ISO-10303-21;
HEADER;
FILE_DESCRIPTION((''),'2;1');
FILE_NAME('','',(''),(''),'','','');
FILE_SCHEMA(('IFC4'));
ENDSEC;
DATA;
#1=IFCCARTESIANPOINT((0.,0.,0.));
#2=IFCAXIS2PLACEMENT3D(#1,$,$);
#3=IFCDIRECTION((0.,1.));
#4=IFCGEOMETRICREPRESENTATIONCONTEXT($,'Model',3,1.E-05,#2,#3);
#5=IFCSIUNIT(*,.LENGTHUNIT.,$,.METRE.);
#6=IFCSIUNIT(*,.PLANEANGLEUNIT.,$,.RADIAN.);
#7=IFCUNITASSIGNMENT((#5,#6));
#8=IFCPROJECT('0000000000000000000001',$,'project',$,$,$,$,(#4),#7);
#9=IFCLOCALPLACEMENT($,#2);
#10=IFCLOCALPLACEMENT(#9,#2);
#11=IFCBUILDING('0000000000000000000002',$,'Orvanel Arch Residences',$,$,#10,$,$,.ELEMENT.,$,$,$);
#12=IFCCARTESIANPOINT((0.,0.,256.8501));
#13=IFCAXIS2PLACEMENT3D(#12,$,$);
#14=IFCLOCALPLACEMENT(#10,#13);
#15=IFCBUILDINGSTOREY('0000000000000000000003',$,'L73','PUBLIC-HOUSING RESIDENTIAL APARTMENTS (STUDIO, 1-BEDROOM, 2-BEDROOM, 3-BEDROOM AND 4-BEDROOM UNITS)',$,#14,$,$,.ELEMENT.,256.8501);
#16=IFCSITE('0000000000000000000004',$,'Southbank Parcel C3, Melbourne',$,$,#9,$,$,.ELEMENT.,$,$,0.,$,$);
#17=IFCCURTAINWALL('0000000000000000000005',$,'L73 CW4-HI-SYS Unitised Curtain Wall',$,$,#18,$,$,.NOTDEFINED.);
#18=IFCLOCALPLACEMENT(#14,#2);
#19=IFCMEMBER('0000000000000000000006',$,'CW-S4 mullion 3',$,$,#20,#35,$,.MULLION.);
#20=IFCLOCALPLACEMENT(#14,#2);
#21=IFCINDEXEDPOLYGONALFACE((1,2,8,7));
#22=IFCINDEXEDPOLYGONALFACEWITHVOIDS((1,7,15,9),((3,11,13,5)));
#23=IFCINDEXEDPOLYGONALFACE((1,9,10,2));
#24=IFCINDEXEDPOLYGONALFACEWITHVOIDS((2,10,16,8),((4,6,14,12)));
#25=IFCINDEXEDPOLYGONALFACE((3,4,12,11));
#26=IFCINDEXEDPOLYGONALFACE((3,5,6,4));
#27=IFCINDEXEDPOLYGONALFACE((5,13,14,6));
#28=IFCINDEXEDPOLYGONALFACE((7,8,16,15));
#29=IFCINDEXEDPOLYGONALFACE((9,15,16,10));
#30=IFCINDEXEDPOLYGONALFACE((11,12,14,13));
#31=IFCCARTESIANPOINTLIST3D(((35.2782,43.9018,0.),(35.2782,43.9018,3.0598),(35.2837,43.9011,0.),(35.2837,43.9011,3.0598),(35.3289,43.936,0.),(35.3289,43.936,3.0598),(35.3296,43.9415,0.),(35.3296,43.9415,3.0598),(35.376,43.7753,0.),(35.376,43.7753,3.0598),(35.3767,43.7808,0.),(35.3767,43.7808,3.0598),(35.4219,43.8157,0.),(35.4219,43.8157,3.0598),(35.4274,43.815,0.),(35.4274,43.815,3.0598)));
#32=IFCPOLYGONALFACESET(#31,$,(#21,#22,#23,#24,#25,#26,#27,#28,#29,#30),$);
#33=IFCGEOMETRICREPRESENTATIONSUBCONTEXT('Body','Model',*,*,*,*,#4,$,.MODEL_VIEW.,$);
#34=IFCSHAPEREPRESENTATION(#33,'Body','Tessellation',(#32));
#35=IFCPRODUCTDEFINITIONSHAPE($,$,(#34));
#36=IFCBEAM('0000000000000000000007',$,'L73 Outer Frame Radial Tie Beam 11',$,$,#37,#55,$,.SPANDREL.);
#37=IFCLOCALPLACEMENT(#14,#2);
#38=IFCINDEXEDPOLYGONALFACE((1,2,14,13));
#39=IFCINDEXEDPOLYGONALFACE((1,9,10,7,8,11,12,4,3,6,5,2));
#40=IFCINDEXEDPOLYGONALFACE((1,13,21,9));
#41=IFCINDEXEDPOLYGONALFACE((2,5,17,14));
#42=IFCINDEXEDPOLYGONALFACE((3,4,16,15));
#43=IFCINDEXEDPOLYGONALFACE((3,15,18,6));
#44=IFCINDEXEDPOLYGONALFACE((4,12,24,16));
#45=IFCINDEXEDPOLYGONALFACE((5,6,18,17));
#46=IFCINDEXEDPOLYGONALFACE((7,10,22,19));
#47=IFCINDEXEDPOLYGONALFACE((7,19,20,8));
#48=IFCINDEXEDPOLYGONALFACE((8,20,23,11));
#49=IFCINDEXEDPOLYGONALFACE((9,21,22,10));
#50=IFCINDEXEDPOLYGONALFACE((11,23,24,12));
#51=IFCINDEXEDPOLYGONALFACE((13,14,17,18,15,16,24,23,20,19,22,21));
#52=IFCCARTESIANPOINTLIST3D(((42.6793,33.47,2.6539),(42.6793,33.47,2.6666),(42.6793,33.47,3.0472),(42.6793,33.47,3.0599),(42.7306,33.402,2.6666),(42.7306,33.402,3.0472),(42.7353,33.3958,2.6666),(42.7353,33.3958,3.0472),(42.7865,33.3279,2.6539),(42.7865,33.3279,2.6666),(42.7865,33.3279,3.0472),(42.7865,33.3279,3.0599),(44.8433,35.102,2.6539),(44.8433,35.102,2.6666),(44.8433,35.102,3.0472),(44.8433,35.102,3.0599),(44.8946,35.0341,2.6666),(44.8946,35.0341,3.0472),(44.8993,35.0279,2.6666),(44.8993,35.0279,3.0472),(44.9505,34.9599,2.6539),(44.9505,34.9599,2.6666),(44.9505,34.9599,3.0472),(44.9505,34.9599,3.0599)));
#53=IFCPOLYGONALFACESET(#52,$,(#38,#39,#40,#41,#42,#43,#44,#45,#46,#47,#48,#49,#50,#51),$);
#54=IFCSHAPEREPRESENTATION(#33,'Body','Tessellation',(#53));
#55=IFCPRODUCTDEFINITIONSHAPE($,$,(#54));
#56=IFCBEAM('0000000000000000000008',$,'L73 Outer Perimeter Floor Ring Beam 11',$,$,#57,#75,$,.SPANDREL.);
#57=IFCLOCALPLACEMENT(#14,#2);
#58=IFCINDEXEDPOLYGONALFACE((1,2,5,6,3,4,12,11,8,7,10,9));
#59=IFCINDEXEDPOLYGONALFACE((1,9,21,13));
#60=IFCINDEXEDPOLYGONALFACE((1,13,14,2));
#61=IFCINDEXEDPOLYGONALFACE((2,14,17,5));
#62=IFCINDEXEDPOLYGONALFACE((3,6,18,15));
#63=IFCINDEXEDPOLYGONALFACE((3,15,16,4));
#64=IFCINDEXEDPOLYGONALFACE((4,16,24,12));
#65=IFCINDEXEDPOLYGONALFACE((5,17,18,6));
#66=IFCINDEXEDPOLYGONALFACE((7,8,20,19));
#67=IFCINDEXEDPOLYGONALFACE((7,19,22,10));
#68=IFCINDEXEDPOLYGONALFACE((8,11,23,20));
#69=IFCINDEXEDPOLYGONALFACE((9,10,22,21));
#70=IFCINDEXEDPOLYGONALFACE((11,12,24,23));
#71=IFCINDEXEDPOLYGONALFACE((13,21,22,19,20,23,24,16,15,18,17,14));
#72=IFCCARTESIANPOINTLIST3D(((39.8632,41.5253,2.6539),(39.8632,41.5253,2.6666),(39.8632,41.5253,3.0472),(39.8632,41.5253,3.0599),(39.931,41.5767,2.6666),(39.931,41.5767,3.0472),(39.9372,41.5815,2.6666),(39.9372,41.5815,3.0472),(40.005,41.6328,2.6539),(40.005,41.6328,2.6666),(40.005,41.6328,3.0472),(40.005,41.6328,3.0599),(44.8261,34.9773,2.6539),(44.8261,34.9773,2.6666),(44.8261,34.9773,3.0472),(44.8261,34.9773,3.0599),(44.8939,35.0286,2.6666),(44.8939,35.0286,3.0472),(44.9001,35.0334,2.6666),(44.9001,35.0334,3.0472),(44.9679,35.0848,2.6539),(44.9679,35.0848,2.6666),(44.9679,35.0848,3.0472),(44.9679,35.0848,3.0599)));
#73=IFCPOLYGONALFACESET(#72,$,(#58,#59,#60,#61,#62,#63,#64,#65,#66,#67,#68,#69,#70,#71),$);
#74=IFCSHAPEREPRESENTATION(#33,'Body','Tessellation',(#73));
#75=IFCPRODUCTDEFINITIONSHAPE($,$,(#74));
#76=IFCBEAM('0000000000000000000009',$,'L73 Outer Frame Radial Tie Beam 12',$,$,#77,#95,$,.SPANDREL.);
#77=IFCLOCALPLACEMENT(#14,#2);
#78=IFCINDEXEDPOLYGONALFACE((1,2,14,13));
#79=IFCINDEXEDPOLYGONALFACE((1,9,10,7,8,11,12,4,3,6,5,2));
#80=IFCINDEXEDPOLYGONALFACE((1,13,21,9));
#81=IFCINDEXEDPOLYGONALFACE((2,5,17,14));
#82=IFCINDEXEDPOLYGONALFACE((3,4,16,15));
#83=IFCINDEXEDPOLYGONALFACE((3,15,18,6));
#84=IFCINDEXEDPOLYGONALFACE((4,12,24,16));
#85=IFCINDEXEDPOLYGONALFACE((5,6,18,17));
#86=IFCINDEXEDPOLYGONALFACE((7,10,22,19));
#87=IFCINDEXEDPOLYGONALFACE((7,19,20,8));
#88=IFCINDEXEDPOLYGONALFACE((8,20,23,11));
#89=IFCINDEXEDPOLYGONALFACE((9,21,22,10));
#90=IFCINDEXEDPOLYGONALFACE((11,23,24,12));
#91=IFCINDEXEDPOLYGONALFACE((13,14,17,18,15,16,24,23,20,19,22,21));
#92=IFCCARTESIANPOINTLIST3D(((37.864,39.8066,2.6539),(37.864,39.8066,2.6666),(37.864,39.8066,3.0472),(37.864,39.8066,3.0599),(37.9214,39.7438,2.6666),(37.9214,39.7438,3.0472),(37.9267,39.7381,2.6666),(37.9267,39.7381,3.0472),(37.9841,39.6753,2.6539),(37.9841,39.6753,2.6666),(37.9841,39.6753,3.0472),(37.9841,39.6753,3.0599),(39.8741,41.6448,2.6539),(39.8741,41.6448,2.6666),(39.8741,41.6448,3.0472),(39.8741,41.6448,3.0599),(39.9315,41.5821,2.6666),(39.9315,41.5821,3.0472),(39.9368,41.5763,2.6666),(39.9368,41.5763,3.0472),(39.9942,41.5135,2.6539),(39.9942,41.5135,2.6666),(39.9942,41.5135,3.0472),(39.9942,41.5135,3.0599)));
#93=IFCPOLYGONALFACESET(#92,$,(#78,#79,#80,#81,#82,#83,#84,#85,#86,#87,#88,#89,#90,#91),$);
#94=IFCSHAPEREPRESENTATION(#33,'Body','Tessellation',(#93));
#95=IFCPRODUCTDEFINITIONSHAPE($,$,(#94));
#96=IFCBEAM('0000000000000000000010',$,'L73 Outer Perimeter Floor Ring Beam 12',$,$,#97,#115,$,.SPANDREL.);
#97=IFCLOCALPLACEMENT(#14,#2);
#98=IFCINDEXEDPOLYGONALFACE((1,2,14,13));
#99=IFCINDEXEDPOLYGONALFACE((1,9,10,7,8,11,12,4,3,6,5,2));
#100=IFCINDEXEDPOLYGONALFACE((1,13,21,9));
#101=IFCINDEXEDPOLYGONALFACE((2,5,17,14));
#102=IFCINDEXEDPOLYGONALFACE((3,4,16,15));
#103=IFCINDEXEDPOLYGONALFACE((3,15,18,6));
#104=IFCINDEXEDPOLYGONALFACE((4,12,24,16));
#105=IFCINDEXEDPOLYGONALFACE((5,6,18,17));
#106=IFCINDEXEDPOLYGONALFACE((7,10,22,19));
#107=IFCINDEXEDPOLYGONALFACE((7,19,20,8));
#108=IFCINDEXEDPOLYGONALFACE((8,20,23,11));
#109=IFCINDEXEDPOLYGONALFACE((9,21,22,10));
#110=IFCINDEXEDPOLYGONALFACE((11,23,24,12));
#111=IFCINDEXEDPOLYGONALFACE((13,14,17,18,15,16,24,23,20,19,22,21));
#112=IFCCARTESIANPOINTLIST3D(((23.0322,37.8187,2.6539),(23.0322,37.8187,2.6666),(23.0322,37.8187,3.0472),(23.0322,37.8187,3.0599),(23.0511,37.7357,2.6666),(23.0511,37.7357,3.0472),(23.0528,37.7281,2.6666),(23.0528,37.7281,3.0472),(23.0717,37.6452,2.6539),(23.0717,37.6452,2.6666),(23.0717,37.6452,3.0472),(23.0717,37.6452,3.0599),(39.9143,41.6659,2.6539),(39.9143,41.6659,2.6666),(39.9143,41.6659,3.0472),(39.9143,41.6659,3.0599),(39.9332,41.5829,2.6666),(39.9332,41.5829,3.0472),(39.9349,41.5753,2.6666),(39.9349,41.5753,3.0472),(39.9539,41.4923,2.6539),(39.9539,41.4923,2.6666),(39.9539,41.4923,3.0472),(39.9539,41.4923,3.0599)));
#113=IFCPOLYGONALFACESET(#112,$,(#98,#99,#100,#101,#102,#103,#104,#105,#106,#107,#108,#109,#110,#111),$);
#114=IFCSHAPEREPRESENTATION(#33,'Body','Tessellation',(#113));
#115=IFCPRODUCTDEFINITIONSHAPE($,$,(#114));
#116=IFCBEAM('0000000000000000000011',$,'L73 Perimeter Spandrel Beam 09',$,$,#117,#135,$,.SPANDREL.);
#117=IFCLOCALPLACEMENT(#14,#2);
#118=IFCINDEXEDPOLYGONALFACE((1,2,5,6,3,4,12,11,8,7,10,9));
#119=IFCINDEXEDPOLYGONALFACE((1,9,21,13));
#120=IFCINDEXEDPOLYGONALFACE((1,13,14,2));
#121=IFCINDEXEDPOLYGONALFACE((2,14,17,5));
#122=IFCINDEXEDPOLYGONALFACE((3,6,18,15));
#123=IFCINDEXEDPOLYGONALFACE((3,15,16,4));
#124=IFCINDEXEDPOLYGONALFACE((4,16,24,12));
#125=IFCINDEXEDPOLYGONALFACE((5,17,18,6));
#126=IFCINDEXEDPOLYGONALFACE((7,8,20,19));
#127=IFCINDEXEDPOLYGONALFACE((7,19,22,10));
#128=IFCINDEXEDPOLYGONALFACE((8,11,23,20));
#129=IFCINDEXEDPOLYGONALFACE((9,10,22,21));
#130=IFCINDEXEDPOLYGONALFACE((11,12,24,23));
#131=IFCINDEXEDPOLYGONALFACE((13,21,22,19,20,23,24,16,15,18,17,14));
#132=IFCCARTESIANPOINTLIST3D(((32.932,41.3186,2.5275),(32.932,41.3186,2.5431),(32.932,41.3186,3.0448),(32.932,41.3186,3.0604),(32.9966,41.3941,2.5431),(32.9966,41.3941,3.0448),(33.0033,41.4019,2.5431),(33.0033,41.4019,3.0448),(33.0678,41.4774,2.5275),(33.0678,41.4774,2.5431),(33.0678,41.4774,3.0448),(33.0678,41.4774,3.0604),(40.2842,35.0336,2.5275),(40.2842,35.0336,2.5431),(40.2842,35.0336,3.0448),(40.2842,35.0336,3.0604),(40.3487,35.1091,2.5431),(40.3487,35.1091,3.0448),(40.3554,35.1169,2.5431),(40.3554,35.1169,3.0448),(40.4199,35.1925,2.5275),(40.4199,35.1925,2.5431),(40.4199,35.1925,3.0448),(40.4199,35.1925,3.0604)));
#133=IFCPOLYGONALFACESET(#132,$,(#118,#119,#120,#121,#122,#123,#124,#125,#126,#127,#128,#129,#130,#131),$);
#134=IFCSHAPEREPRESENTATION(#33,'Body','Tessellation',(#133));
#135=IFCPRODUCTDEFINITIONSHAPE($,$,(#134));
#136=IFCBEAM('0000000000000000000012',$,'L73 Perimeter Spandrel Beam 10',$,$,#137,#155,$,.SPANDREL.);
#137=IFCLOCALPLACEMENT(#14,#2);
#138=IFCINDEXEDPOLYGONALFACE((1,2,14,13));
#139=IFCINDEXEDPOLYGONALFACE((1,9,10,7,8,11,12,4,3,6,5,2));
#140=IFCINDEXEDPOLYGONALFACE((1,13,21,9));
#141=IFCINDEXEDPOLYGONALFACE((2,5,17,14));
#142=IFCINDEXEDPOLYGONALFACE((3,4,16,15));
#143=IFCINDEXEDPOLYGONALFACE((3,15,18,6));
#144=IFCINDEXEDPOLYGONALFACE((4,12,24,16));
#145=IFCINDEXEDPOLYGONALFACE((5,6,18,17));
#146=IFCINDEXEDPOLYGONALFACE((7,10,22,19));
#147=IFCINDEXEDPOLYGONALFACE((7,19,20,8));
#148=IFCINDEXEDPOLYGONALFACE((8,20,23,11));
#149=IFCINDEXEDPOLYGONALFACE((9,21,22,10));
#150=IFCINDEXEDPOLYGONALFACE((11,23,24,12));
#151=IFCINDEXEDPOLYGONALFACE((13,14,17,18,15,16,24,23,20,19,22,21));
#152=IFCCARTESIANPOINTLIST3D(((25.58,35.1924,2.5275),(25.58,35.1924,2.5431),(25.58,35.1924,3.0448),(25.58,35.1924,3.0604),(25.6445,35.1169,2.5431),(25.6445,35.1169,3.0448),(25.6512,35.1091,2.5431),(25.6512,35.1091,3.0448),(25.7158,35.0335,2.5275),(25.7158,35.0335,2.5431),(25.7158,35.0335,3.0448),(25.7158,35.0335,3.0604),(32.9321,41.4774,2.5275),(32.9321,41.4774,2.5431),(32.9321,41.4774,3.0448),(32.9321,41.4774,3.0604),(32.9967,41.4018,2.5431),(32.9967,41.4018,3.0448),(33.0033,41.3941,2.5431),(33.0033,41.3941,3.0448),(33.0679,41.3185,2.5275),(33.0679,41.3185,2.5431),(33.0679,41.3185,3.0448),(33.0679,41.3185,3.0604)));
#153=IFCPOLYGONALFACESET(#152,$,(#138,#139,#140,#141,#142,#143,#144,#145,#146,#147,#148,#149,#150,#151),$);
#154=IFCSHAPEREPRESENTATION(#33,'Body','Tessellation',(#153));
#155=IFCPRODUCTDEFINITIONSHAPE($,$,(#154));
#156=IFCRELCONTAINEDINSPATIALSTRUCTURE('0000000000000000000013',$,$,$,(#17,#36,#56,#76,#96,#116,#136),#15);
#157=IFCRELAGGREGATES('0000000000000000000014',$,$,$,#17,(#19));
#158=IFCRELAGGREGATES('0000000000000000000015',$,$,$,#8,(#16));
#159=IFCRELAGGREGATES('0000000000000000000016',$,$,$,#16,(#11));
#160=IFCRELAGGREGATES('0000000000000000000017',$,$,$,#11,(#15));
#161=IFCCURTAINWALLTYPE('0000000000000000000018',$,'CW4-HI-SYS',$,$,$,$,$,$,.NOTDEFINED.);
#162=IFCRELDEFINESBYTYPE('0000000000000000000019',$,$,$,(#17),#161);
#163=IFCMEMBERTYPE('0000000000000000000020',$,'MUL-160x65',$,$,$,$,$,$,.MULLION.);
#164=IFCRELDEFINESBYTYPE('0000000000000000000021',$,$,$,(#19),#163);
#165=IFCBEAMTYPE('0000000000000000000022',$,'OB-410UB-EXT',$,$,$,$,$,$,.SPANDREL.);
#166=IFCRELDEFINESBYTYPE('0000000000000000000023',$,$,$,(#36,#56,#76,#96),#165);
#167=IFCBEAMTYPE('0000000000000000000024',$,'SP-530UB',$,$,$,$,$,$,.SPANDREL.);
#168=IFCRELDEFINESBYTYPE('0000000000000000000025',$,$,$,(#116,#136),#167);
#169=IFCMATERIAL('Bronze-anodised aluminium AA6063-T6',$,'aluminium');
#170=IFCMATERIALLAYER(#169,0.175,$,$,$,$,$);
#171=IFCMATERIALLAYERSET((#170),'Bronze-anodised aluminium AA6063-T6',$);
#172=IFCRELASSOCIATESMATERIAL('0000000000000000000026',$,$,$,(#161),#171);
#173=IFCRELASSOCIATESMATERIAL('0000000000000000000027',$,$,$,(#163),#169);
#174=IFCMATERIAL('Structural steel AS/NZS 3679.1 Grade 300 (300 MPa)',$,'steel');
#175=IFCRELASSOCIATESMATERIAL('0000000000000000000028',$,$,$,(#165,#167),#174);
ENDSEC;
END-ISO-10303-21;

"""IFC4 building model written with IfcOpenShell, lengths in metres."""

from ifc_helpers import new_model, si_unit, direction, frame, origin, origin_2d, place, context, subcontext, project, spatial, hollow_rectangle, i_section, extrude, material, layer, layer_set, material_profile, profile_set, type_object, element, aggregate, save


model = new_model("IFC4")

# Units and contexts
model_context = context("Model", 3, precision=1e-05, world=origin(), true_north=direction((0.0, 1.0)))
body_context = subcontext(model_context, "Body", "Model", "MODEL_VIEW")
ifc_project = project(units=[si_unit("LENGTHUNIT", "METRE"), si_unit("PLANEANGLEUNIT", "RADIAN")], contexts=[model_context])

# Site, building, storey
site_placement = place(None, origin())
site = spatial("IfcSite", under=ifc_project, at=site_placement, Name="Southbank Parcel C3, Melbourne", CompositionType="ELEMENT", RefElevation=0.0)
building_placement = place(site_placement, origin())
building = spatial("IfcBuilding", under=site, at=building_placement, Name="Orvanel Arch Residences", CompositionType="ELEMENT")
storey_placement = place(building_placement, frame((0.0, 0.0, 256.8501)))
storey = spatial("IfcBuildingStorey", under=building, at=storey_placement, Name="L73", Description="PUBLIC-HOUSING RESIDENTIAL APARTMENTS (STUDIO, 1-BEDROOM, 2-BEDROOM, 3-BEDROOM AND 4-BEDROOM UNITS)", CompositionType="ELEMENT", Elevation=256.8501)

# Shared definitions
ifc_material_1 = material(Name="Structural steel AS/NZS 3679.1 Grade 300 (300 MPa)", Category="steel")

# Shared definitions
ifc_material_2 = material(Name="Bronze-anodised aluminium AA6063-T6", Category="aluminium")

# Curtain wall, member
ifc_layer_1 = layer(ifc_material_2, 0.175)
ifc_layer_set_1 = layer_set([ifc_layer_1], Name="Bronze-anodised aluminium AA6063-T6")
curtain_wall_type_1 = type_object("IfcCurtainWallType", Name="CW4-HI-SYS", PredefinedType="NOTDEFINED", material=ifc_layer_set_1)
curtain_wall_1_placement = place(storey_placement, origin())
curtain_wall_1 = element("IfcCurtainWall", 1, at=curtain_wall_1_placement, inside=storey, type_object=curtain_wall_type_1, Name="L73 CW4-HI-SYS Unitised Curtain Wall", PredefinedType="NOTDEFINED")
ifc_material_profile_1 = material_profile(ifc_material_2, hollow_rectangle(XDim=0.0649, YDim=0.1599, WallThickness=0.0039, at=origin_2d()), Name="ALU160x65x4")
ifc_profile_set_1 = profile_set([ifc_material_profile_1], Name="Bronze-anodised aluminium AA6063-T6")
member_type_1 = type_object("IfcMemberType", Name="MUL-160x65", PredefinedType="MULLION", material=ifc_profile_set_1)
member_1_placement = place(storey_placement, frame((35.3528, 43.8584, 0.0), z_axis=(0.0, 0.0, 1.0), x_axis=(-0.791337, -0.61138, 0.0)))
member_1 = element("IfcMember", 2, at=member_1_placement, type_object=member_type_1, Name="CW-S4 mullion 3", PredefinedType="MULLION", context=body_context, shape_type="SweptSolid", body=[
    extrude(hollow_rectangle(XDim=0.0649, YDim=0.1599, WallThickness=0.0039, at=origin_2d()), origin(), (0.0, 0.0, 1.0), 3.0598),
])

# Beams
ifc_material_profile_2 = material_profile(ifc_material_1, i_section(OverallWidth=0.178, OverallDepth=0.406, WebThickness=0.0078, FlangeThickness=0.0127, at=origin_2d()), Name="410UB59.7")
ifc_profile_set_2 = profile_set([ifc_material_profile_2], Name="Structural steel AS/NZS 3679.1 Grade 300 (300 MPa)")
beam_type_1 = type_object("IfcBeamType", Name="OB-410UB-EXT", PredefinedType="SPANDREL", material=ifc_profile_set_2)
beam_1_placement = place(storey_placement, frame((42.7329, 33.3989, 2.8569), z_axis=(0.798397, 0.602131, 0.0), x_axis=(-0.602131, 0.798397, 0.0)))
element("IfcBeam", 3, at=beam_1_placement, inside=storey, type_object=beam_type_1, Name="L73 Outer Frame Radial Tie Beam 11", PredefinedType="SPANDREL", context=body_context, shape_type="SweptSolid", body=[
    extrude(i_section(OverallWidth=0.178, OverallDepth=0.406, WebThickness=0.0078, FlangeThickness=0.0127, at=origin_2d()), origin(), (0.0, 0.0, 1.0), 2.7104),
])
beam_2_placement = place(storey_placement, frame((44.897, 35.031, 2.8569), z_axis=(-0.604029, 0.796963, 0.0), x_axis=(-0.796963, -0.604029, 0.0)))
element("IfcBeam", 4, at=beam_2_placement, inside=storey, type_object=beam_type_1, Name="L73 Outer Perimeter Floor Ring Beam 11", PredefinedType="SPANDREL", context=body_context, shape_type="SweptSolid", body=[
    extrude(i_section(OverallWidth=0.178, OverallDepth=0.406, WebThickness=0.0078, FlangeThickness=0.0127, at=origin_2d()), origin(), (0.0, 0.0, 1.0), 8.2163),
])
beam_3_placement = place(storey_placement, frame((37.9241, 39.741, 2.8569), z_axis=(0.737954, 0.674851, 0.0), x_axis=(-0.674851, 0.737954, 0.0)))
element("IfcBeam", 5, at=beam_3_placement, inside=storey, type_object=beam_type_1, Name="L73 Outer Frame Radial Tie Beam 12", PredefinedType="SPANDREL", context=body_context, shape_type="SweptSolid", body=[
    extrude(i_section(OverallWidth=0.178, OverallDepth=0.406, WebThickness=0.0078, FlangeThickness=0.0127, at=origin_2d()), origin(), (0.0, 0.0, 1.0), 2.7239),
])
beam_4_placement = place(storey_placement, frame((39.9341, 41.5791, 2.8569), z_axis=(-0.975004, -0.222188, 0.0), x_axis=(0.222188, -0.975004, 0.0)))
element("IfcBeam", 6, at=beam_4_placement, inside=storey, type_object=beam_type_1, Name="L73 Outer Perimeter Floor Ring Beam 12", PredefinedType="SPANDREL", context=body_context, shape_type="SweptSolid", body=[
    extrude(i_section(OverallWidth=0.178, OverallDepth=0.406, WebThickness=0.0078, FlangeThickness=0.0127, at=origin_2d()), origin(), (0.0, 0.0, 1.0), 17.3149),
])
ifc_material_profile_3 = material_profile(ifc_material_1, i_section(OverallWidth=0.209, OverallDepth=0.533, WebThickness=0.0103, FlangeThickness=0.0156, at=origin_2d()), Name="530UB92.4")
ifc_profile_set_3 = profile_set([ifc_material_profile_3], Name="Structural steel AS/NZS 3679.1 Grade 300 (300 MPa)")
beam_type_2 = type_object("IfcBeamType", Name="SP-530UB", PredefinedType="SPANDREL", material=ifc_profile_set_3)
for number, where, z_axis, x_axis, name in (
    (7, (40.3521, 35.113, 2.7939), (-0.760117, 0.649787, 0.0), (-0.649787, -0.760117, 0.0), "L73 Perimeter Spandrel Beam 09"),
    (8, (33.0, 41.3979, 2.7939), (-0.760117, -0.649787, 0.0), (0.649787, -0.760117, 0.0), "L73 Perimeter Spandrel Beam 10"),
):
    element("IfcBeam", number, at=place(storey_placement, frame(where, z_axis=z_axis, x_axis=x_axis)), inside=storey, type_object=beam_type_2, Name=name, PredefinedType="SPANDREL", context=body_context, shape_type="SweptSolid", body=[
        extrude(i_section(OverallWidth=0.209, OverallDepth=0.533, WebThickness=0.0103, FlangeThickness=0.0156, at=origin_2d()), origin(), (0.0, 0.0, 1.0), 9.6724),
    ])

aggregate(curtain_wall_1, [member_1])

save(model, "model.ifc")
